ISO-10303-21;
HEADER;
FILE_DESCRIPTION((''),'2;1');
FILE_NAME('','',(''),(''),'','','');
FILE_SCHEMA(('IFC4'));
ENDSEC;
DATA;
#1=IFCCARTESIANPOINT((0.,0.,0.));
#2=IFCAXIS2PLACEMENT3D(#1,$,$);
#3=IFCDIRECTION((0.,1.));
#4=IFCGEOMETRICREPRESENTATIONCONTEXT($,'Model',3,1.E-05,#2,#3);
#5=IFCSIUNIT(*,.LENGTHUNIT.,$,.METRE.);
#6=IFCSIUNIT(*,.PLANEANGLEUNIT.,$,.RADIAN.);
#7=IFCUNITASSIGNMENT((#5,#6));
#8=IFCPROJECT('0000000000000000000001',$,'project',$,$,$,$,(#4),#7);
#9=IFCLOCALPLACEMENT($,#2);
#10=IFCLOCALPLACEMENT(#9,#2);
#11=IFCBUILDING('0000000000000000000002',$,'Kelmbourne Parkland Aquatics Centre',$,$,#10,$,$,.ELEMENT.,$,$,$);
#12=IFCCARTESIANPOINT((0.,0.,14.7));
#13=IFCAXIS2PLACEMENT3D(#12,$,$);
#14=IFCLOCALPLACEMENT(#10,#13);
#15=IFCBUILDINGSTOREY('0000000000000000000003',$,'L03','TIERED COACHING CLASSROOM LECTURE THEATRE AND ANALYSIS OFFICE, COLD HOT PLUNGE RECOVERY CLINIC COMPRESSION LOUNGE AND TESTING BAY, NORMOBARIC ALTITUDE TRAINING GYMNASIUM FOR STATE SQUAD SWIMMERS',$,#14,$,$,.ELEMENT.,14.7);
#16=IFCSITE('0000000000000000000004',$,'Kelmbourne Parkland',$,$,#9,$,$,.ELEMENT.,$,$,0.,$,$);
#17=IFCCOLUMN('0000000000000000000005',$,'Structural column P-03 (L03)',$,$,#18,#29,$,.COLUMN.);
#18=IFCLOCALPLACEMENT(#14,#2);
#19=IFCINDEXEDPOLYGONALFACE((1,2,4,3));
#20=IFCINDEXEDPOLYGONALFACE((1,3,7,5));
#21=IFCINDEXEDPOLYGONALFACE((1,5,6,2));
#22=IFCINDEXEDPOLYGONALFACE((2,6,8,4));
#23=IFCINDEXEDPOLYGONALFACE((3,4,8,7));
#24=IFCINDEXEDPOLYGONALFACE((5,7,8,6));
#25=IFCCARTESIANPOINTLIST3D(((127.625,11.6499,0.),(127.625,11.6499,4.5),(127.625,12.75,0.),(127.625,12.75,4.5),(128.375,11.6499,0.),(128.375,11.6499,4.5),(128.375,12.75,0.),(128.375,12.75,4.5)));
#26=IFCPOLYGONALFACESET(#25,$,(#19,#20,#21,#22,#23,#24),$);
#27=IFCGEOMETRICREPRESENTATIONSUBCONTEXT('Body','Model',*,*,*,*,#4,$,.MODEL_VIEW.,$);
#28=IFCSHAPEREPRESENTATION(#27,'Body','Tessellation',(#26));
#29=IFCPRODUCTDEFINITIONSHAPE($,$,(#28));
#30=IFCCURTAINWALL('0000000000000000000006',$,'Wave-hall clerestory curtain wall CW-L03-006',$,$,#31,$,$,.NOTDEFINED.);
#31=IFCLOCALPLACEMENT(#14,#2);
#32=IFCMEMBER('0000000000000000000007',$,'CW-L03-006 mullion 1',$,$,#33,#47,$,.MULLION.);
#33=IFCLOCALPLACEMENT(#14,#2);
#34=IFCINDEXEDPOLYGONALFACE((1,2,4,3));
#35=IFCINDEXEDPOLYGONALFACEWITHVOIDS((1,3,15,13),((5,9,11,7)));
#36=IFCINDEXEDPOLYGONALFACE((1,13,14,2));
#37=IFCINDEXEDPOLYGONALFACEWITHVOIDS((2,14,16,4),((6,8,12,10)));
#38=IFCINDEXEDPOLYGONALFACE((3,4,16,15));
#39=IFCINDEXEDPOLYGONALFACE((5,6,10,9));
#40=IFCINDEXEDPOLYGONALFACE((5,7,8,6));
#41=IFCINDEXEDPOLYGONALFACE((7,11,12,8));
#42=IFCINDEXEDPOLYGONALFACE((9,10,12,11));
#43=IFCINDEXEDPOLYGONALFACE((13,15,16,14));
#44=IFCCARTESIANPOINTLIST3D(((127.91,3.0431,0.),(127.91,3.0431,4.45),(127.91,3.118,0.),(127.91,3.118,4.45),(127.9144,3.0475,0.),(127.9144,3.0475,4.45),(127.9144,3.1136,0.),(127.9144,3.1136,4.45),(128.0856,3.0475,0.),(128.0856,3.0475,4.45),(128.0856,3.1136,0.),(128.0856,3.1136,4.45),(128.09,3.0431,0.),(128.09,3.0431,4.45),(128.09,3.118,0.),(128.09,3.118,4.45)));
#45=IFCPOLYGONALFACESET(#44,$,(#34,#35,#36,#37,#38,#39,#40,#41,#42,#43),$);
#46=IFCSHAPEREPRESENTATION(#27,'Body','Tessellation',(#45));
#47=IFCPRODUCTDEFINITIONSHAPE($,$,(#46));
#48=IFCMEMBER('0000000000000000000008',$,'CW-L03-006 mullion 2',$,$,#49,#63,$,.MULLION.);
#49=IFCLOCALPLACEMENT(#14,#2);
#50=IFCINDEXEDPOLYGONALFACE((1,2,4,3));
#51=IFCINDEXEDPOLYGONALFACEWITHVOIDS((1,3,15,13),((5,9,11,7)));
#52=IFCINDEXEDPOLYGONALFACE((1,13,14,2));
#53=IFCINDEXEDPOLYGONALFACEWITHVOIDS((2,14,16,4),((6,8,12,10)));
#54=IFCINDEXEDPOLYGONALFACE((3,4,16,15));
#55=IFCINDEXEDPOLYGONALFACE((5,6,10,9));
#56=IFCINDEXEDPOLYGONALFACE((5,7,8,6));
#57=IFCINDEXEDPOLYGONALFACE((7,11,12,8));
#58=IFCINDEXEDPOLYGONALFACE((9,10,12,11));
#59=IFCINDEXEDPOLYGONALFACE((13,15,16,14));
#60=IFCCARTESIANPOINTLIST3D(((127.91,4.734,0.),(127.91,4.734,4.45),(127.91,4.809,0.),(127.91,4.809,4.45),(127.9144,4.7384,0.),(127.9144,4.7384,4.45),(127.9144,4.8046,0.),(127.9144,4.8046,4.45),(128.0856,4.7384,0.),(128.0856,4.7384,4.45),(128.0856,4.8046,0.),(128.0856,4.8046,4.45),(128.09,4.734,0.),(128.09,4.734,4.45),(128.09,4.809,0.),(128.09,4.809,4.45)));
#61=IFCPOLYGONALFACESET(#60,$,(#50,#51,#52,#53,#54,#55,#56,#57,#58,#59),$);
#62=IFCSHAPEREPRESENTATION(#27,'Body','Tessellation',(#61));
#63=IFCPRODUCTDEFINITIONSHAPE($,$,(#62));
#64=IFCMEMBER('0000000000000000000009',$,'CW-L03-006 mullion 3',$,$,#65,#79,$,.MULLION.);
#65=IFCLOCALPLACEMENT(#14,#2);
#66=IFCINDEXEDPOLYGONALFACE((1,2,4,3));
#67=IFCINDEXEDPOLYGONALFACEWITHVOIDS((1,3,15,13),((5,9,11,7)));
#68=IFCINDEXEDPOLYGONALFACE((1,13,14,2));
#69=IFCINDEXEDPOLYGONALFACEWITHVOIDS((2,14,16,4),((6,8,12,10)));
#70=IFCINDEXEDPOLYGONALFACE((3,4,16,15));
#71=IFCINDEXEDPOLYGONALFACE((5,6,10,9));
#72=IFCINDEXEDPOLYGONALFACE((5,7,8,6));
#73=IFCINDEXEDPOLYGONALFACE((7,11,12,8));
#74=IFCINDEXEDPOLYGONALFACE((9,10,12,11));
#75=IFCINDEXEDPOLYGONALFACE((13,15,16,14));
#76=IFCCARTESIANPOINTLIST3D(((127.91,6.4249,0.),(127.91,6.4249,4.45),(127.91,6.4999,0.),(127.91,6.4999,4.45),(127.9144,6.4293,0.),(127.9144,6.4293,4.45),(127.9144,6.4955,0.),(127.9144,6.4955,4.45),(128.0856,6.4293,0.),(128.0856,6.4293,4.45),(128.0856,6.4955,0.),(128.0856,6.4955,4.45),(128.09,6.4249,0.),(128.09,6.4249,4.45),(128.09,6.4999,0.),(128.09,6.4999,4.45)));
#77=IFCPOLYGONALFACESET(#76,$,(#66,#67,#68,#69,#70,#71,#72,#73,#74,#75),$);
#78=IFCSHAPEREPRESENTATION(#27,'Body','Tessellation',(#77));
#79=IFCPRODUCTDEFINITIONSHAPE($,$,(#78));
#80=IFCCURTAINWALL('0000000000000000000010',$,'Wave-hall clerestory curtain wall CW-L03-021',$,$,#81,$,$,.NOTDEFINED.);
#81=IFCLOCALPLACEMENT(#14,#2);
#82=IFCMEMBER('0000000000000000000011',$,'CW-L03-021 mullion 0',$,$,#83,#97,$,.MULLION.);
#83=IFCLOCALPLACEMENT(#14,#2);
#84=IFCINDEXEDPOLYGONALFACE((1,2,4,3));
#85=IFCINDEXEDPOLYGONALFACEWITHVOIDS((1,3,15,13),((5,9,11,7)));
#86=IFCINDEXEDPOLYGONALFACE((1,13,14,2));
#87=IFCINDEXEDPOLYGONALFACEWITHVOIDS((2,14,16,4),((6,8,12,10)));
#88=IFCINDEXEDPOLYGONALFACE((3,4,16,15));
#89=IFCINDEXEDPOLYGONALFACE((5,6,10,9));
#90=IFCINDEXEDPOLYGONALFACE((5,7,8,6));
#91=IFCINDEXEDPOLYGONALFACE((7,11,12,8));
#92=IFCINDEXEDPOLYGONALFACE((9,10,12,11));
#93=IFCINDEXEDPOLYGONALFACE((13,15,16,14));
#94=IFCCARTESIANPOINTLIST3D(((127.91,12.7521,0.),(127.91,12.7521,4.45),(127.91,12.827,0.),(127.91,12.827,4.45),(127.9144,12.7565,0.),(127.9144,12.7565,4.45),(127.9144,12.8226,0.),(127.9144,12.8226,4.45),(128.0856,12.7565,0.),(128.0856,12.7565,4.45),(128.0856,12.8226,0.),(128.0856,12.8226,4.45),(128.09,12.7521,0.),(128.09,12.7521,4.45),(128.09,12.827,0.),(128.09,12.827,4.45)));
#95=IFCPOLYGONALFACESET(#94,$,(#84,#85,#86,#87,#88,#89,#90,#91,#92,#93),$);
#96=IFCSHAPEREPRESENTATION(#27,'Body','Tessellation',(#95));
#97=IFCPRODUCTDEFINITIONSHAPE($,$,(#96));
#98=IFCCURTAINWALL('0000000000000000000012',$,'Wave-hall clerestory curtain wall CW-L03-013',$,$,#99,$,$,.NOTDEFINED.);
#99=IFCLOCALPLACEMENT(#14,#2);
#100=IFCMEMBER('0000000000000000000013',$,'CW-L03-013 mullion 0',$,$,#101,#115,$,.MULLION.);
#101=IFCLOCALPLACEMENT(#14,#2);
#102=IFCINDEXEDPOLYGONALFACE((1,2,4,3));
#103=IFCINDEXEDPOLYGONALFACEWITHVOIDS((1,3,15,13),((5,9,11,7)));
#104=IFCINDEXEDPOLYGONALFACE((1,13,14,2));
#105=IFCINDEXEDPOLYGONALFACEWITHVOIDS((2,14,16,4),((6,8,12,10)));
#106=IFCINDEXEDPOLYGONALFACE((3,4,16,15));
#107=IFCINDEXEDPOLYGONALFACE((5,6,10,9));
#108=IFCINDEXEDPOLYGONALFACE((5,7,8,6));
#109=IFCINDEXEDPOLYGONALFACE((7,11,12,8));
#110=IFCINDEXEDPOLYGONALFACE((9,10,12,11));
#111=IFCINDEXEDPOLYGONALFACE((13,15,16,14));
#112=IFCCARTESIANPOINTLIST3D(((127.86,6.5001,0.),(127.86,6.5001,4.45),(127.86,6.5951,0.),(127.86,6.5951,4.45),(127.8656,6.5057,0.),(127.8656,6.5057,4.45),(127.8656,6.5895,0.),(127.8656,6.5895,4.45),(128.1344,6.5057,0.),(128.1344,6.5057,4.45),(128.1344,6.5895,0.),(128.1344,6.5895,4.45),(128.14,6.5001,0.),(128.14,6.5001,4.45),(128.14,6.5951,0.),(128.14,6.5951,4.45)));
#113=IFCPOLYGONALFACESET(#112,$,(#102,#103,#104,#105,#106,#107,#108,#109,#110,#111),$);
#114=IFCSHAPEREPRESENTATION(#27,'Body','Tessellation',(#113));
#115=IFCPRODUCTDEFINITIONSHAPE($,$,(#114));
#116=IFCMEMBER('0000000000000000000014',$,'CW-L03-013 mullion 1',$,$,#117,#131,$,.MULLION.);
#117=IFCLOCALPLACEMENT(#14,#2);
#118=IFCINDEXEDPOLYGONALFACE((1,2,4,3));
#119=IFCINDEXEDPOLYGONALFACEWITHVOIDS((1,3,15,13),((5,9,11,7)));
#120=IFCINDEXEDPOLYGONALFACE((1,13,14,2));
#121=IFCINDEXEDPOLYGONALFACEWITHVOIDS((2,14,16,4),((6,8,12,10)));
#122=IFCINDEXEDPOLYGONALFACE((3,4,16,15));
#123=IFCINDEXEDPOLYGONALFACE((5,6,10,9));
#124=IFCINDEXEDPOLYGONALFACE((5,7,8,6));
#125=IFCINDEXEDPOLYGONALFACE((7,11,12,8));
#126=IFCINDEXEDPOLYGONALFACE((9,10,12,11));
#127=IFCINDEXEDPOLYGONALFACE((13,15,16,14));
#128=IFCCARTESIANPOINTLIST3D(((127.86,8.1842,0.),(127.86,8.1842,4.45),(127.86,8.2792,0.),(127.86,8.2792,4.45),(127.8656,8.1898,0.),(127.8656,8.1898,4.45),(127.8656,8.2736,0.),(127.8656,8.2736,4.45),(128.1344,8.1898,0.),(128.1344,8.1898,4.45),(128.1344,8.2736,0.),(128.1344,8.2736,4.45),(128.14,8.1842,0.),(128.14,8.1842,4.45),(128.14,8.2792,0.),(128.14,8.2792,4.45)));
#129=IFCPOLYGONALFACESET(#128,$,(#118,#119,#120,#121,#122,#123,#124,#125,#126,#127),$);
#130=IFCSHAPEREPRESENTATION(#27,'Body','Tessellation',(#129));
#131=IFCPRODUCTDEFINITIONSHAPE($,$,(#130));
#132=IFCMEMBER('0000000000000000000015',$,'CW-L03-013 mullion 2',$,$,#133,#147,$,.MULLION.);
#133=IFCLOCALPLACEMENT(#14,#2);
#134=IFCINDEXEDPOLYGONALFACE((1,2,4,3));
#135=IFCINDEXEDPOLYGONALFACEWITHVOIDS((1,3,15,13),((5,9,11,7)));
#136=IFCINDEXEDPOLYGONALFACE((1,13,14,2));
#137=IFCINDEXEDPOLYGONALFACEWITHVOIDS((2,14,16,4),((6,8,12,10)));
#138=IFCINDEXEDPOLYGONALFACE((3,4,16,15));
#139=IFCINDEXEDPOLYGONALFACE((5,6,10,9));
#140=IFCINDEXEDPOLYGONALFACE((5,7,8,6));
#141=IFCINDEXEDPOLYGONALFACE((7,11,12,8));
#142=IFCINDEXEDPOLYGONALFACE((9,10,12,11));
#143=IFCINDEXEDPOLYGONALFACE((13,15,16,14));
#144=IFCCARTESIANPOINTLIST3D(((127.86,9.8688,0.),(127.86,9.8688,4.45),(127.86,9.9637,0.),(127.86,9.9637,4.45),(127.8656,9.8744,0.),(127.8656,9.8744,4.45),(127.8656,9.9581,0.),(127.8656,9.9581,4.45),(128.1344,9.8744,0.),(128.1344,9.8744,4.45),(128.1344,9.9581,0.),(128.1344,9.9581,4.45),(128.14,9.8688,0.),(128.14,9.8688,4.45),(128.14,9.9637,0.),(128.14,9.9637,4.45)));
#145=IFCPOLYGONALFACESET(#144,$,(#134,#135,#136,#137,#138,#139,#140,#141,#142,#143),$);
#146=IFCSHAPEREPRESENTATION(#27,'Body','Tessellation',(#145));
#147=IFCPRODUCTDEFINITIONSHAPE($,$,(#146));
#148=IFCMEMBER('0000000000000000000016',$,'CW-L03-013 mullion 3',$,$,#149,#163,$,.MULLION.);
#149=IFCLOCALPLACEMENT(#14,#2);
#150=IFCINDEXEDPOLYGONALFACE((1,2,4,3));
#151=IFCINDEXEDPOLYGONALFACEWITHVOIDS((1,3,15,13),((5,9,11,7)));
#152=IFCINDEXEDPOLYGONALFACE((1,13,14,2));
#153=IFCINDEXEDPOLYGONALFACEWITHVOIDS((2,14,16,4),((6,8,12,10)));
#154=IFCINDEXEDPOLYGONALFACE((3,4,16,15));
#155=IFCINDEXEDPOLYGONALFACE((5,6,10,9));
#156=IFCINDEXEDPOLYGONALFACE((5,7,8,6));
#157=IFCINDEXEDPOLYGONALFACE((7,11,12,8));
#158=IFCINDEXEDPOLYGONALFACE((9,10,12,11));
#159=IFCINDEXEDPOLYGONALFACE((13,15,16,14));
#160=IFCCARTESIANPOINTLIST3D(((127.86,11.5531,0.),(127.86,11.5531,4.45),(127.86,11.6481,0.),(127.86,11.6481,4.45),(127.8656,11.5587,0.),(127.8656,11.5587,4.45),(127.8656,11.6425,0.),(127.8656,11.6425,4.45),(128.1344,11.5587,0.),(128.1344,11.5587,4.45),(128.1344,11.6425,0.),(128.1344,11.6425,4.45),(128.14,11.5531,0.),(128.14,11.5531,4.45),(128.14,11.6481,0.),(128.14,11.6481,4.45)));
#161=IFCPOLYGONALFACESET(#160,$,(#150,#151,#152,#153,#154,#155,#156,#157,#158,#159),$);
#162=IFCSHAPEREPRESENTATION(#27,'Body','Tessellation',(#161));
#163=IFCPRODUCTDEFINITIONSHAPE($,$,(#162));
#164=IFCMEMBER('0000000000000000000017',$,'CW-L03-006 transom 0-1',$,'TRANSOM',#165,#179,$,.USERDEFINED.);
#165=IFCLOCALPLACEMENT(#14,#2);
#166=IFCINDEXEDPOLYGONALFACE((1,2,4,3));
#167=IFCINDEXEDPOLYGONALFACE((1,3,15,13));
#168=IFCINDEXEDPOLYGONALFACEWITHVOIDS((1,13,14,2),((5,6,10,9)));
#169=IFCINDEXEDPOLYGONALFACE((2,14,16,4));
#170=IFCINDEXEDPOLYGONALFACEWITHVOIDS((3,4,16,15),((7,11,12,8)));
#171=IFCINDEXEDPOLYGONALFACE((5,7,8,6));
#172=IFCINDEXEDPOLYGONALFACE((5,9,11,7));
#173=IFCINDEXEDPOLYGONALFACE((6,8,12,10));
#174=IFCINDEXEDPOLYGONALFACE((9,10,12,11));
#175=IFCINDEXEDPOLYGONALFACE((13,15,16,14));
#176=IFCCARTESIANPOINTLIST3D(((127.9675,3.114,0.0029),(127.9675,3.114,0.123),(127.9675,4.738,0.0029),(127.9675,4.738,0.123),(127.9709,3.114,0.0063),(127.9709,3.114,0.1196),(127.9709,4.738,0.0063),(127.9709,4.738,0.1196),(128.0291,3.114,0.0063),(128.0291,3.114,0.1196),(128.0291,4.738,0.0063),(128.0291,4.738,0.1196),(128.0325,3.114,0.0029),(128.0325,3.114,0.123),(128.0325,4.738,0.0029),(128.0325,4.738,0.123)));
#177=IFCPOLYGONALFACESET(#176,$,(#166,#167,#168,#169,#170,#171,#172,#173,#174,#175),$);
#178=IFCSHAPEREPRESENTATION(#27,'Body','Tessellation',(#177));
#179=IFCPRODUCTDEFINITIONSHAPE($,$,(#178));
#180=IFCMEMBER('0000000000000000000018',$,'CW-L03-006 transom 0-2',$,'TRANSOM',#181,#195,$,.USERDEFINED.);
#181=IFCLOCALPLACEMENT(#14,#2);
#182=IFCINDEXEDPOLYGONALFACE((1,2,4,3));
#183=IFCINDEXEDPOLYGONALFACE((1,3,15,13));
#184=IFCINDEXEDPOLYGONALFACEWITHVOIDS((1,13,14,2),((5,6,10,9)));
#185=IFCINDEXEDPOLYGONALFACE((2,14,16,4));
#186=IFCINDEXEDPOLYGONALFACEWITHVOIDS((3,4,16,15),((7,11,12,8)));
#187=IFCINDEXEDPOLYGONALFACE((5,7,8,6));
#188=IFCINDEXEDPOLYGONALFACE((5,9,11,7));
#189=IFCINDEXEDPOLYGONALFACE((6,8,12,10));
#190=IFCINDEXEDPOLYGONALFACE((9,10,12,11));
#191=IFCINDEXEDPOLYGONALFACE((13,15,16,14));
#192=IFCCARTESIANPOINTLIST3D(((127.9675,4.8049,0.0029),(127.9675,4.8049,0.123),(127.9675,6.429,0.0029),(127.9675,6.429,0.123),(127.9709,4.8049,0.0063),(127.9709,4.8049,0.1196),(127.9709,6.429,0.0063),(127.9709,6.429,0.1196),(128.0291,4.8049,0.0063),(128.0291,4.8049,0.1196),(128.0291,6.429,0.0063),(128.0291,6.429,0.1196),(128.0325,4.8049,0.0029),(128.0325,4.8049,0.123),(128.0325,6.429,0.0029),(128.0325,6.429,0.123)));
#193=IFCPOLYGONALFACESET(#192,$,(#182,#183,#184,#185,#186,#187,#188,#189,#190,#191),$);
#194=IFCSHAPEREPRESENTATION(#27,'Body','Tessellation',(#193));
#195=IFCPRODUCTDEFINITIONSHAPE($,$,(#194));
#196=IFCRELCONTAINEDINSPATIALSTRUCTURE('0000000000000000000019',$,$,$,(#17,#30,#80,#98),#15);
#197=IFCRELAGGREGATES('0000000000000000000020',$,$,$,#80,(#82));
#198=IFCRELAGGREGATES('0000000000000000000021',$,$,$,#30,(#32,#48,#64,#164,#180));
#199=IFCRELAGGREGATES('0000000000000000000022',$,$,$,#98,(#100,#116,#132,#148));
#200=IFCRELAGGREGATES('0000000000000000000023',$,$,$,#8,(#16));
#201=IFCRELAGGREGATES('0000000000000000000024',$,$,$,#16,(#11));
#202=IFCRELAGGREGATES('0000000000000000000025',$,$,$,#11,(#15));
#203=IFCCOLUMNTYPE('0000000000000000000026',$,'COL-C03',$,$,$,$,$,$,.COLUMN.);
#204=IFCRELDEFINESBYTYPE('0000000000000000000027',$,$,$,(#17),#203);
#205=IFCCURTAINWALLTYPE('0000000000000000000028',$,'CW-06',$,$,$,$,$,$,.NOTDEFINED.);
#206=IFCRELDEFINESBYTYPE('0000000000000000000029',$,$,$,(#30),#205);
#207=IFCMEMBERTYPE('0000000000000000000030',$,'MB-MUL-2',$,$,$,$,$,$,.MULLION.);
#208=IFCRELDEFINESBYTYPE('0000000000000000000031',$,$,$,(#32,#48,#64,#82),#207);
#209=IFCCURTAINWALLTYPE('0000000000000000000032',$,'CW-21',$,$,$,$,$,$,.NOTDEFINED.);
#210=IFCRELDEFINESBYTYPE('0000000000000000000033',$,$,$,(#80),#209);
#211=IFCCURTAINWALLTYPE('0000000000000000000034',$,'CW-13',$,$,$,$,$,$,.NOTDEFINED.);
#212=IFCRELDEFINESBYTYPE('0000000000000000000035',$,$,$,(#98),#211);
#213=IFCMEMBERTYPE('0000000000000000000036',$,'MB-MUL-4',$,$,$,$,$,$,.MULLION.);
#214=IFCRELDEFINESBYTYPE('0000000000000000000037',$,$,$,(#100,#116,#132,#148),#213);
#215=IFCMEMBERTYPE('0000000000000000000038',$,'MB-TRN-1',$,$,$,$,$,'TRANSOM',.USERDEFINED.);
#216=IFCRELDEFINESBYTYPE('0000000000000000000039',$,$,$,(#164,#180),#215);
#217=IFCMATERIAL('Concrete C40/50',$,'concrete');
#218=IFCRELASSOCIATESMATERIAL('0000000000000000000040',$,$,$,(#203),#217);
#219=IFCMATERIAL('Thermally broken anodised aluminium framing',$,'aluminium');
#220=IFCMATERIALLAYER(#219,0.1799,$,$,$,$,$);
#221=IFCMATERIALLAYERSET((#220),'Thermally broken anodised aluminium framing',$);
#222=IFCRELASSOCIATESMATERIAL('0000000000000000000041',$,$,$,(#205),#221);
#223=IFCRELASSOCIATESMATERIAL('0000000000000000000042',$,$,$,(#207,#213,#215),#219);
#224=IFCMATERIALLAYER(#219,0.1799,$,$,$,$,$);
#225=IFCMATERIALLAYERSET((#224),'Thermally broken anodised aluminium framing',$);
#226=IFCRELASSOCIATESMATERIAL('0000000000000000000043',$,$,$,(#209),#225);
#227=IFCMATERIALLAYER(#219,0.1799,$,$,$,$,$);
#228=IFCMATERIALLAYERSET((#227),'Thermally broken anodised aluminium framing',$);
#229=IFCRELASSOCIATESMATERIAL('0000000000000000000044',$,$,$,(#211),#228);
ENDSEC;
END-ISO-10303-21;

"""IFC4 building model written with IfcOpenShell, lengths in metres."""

from ifc_helpers import new_model, si_unit, direction, frame, origin, origin_2d, place, context, subcontext, project, spatial, rectangle, hollow_rectangle, extrude, material, layer, layer_set, material_profile, profile_set, type_object, element, aggregate, save


model = new_model("IFC4")

# Units and contexts
model_context = context("Model", 3, precision=1e-05, world=origin(), true_north=direction((0.0, 1.0)))
body_context = subcontext(model_context, "Body", "Model", "MODEL_VIEW")
ifc_project = project(units=[si_unit("LENGTHUNIT", "METRE"), si_unit("PLANEANGLEUNIT", "RADIAN")], contexts=[model_context])

# Site, building, storey
site_placement = place(None, origin())
site = spatial("IfcSite", under=ifc_project, at=site_placement, Name="Kelmbourne Parkland", CompositionType="ELEMENT", RefElevation=0.0)
building_placement = place(site_placement, origin())
building = spatial("IfcBuilding", under=site, at=building_placement, Name="Kelmbourne Parkland Aquatics Centre", CompositionType="ELEMENT")
storey_placement = place(building_placement, frame((0.0, 0.0, 14.7)))
storey = spatial("IfcBuildingStorey", under=building, at=storey_placement, Name="L03", Description="TIERED COACHING CLASSROOM LECTURE THEATRE AND ANALYSIS OFFICE, COLD HOT PLUNGE RECOVERY CLINIC COMPRESSION LOUNGE AND TESTING BAY, NORMOBARIC ALTITUDE TRAINING GYMNASIUM FOR STATE SQUAD SWIMMERS", CompositionType="ELEMENT", Elevation=14.7)

# Column
ifc_material_1 = material(Name="Concrete C40/50", Category="concrete")
ifc_material_profile_1 = material_profile(ifc_material_1, rectangle(XDim=0.75, YDim=1.1001, at=origin_2d()), Name="RC 750x1100")
ifc_profile_set_1 = profile_set([ifc_material_profile_1], Name="Concrete C40/50")
column_type = type_object("IfcColumnType", Name="COL-C03", PredefinedType="COLUMN", material=ifc_profile_set_1)
column_placement = place(storey_placement, frame((128.0, 12.2, 0.0), z_axis=(0.0, 0.0, 1.0), x_axis=(1.0, 0.0, 0.0)))
element("IfcColumn", 1, at=column_placement, inside=storey, type_object=column_type, Name="Structural column P-03 (L03)", PredefinedType="COLUMN", context=body_context, shape_type="SweptSolid", body=[
    extrude(rectangle(XDim=0.75, YDim=1.1001, at=origin_2d()), origin(), (0.0, 0.0, 1.0), 4.5),
])

# Curtain wall, members
ifc_material_2 = material(Name="Thermally broken anodised aluminium framing", Category="aluminium")
ifc_layer_1 = layer(ifc_material_2, 0.1799)
ifc_layer_set_1 = layer_set([ifc_layer_1], Name="Thermally broken anodised aluminium framing")
curtain_wall_type_1 = type_object("IfcCurtainWallType", Name="CW-06", PredefinedType="NOTDEFINED", material=ifc_layer_set_1)
curtain_wall_1_placement = place(storey_placement, origin())
curtain_wall_1 = element("IfcCurtainWall", 2, at=curtain_wall_1_placement, inside=storey, type_object=curtain_wall_type_1, Name="Wave-hall clerestory curtain wall CW-L03-006", PredefinedType="NOTDEFINED")
ifc_material_profile_2 = material_profile(ifc_material_2, hollow_rectangle(XDim=0.075, YDim=0.1799, WallThickness=0.0044, at=origin_2d()), Name="CW-M 75x180")
ifc_profile_set_2 = profile_set([ifc_material_profile_2], Name="Thermally broken anodised aluminium framing")
member_type_1 = type_object("IfcMemberType", Name="MB-MUL-2", PredefinedType="MULLION", material=ifc_profile_set_2)
member_1_placement = place(storey_placement, frame((128.0, 3.0806, 0.0), z_axis=(0.0, 0.0, 1.0), x_axis=(0.0, 1.0, 0.0)))
member_1 = element("IfcMember", 3, at=member_1_placement, type_object=member_type_1, Name="CW-L03-006 mullion 1", PredefinedType="MULLION", context=body_context, shape_type="SweptSolid", body=[
    extrude(hollow_rectangle(XDim=0.075, YDim=0.1799, WallThickness=0.0044, at=origin_2d()), origin(), (0.0, 0.0, 1.0), 4.45),
])
member_2_placement = place(storey_placement, frame((128.0, 4.7715, 0.0), z_axis=(0.0, 0.0, 1.0), x_axis=(0.0, 1.0, 0.0)))
member_2 = element("IfcMember", 4, at=member_2_placement, type_object=member_type_1, Name="CW-L03-006 mullion 2", PredefinedType="MULLION", context=body_context, shape_type="SweptSolid", body=[
    extrude(hollow_rectangle(XDim=0.075, YDim=0.1799, WallThickness=0.0044, at=origin_2d()), origin(), (0.0, 0.0, 1.0), 4.45),
])
member_3_placement = place(storey_placement, frame((128.0, 6.4624, 0.0), z_axis=(0.0, 0.0, 1.0), x_axis=(0.0, 1.0, 0.0)))
member_3 = element("IfcMember", 5, at=member_3_placement, type_object=member_type_1, Name="CW-L03-006 mullion 3", PredefinedType="MULLION", context=body_context, shape_type="SweptSolid", body=[
    extrude(hollow_rectangle(XDim=0.075, YDim=0.1799, WallThickness=0.0044, at=origin_2d()), origin(), (0.0, 0.0, 1.0), 4.45),
])

# Curtain wall, member
ifc_layer_2 = layer(ifc_material_2, 0.1799)
ifc_layer_set_2 = layer_set([ifc_layer_2], Name="Thermally broken anodised aluminium framing")
curtain_wall_type_2 = type_object("IfcCurtainWallType", Name="CW-21", PredefinedType="NOTDEFINED", material=ifc_layer_set_2)
curtain_wall_2_placement = place(storey_placement, origin())
curtain_wall_2 = element("IfcCurtainWall", 6, at=curtain_wall_2_placement, inside=storey, type_object=curtain_wall_type_2, Name="Wave-hall clerestory curtain wall CW-L03-021", PredefinedType="NOTDEFINED")
member_4_placement = place(storey_placement, frame((128.0, 12.7896, 0.0), z_axis=(0.0, 0.0, 1.0), x_axis=(0.0, 1.0, 0.0)))
member_4 = element("IfcMember", 7, at=member_4_placement, type_object=member_type_1, Name="CW-L03-021 mullion 0", PredefinedType="MULLION", context=body_context, shape_type="SweptSolid", body=[
    extrude(hollow_rectangle(XDim=0.075, YDim=0.1799, WallThickness=0.0044, at=origin_2d()), origin(), (0.0, 0.0, 1.0), 4.45),
])
aggregate(curtain_wall_2, [member_4])

# Curtain wall, members
ifc_layer_3 = layer(ifc_material_2, 0.1799)
ifc_layer_set_3 = layer_set([ifc_layer_3], Name="Thermally broken anodised aluminium framing")
curtain_wall_type_3 = type_object("IfcCurtainWallType", Name="CW-13", PredefinedType="NOTDEFINED", material=ifc_layer_set_3)
curtain_wall_3_placement = place(storey_placement, origin())
curtain_wall_3 = element("IfcCurtainWall", 8, at=curtain_wall_3_placement, inside=storey, type_object=curtain_wall_type_3, Name="Wave-hall clerestory curtain wall CW-L03-013", PredefinedType="NOTDEFINED")
ifc_material_profile_3 = material_profile(ifc_material_2, hollow_rectangle(XDim=0.095, YDim=0.28, WallThickness=0.0056, at=origin_2d()), Name="CW-M 95x280")
ifc_profile_set_3 = profile_set([ifc_material_profile_3], Name="Thermally broken anodised aluminium framing")
member_type_2 = type_object("IfcMemberType", Name="MB-MUL-4", PredefinedType="MULLION", material=ifc_profile_set_3)
member_5_placement = place(storey_placement, frame((128.0, 6.5476, 0.0), z_axis=(0.0, 0.0, 1.0), x_axis=(0.0, 1.0, 0.0)))
member_5 = element("IfcMember", 9, at=member_5_placement, type_object=member_type_2, Name="CW-L03-013 mullion 0", PredefinedType="MULLION", context=body_context, shape_type="SweptSolid", body=[
    extrude(hollow_rectangle(XDim=0.095, YDim=0.28, WallThickness=0.0056, at=origin_2d()), origin(), (0.0, 0.0, 1.0), 4.45),
])
member_6_placement = place(storey_placement, frame((128.0, 8.2317, 0.0), z_axis=(0.0, 0.0, 1.0), x_axis=(0.0, 1.0, 0.0)))
member_6 = element("IfcMember", 10, at=member_6_placement, type_object=member_type_2, Name="CW-L03-013 mullion 1", PredefinedType="MULLION", context=body_context, shape_type="SweptSolid", body=[
    extrude(hollow_rectangle(XDim=0.095, YDim=0.28, WallThickness=0.0056, at=origin_2d()), origin(), (0.0, 0.0, 1.0), 4.45),
])
member_7_placement = place(storey_placement, frame((128.0, 9.9163, 0.0), z_axis=(0.0, 0.0, 1.0), x_axis=(0.0, 1.0, 0.0)))
member_7 = element("IfcMember", 11, at=member_7_placement, type_object=member_type_2, Name="CW-L03-013 mullion 2", PredefinedType="MULLION", context=body_context, shape_type="SweptSolid", body=[
    extrude(hollow_rectangle(XDim=0.095, YDim=0.28, WallThickness=0.0056, at=origin_2d()), origin(), (0.0, 0.0, 1.0), 4.45),
])
member_8_placement = place(storey_placement, frame((128.0, 11.6006, 0.0), z_axis=(0.0, 0.0, 1.0), x_axis=(0.0, 1.0, 0.0)))
member_8 = element("IfcMember", 12, at=member_8_placement, type_object=member_type_2, Name="CW-L03-013 mullion 3", PredefinedType="MULLION", context=body_context, shape_type="SweptSolid", body=[
    extrude(hollow_rectangle(XDim=0.095, YDim=0.28, WallThickness=0.0056, at=origin_2d()), origin(), (0.0, 0.0, 1.0), 4.45),
])

# Members
ifc_material_profile_4 = material_profile(ifc_material_2, hollow_rectangle(XDim=0.0649, YDim=0.1201, WallThickness=0.0034, at=origin_2d()), Name="CW-T 65x120")
ifc_profile_set_4 = profile_set([ifc_material_profile_4], Name="Thermally broken anodised aluminium framing")
member_type_3 = type_object("IfcMemberType", Name="MB-TRN-1", ElementType="TRANSOM", PredefinedType="USERDEFINED", material=ifc_profile_set_4)
member_9_placement = place(storey_placement, frame((128.0, 3.114, 0.063), z_axis=(0.0, 1.0, 0.0), x_axis=(-1.0, 0.0, 0.0)))
member_9 = element("IfcMember", 13, at=member_9_placement, type_object=member_type_3, Name="CW-L03-006 transom 0-1", ObjectType="TRANSOM", PredefinedType="USERDEFINED", context=body_context, shape_type="SweptSolid", body=[
    extrude(hollow_rectangle(XDim=0.0649, YDim=0.1201, WallThickness=0.0034, at=origin_2d()), origin(), (0.0, 0.0, 1.0), 1.624),
])
member_10_placement = place(storey_placement, frame((128.0, 4.8049, 0.063), z_axis=(0.0, 1.0, 0.0), x_axis=(-1.0, 0.0, 0.0)))
member_10 = element("IfcMember", 14, at=member_10_placement, type_object=member_type_3, Name="CW-L03-006 transom 0-2", ObjectType="TRANSOM", PredefinedType="USERDEFINED", context=body_context, shape_type="SweptSolid", body=[
    extrude(hollow_rectangle(XDim=0.0649, YDim=0.1201, WallThickness=0.0034, at=origin_2d()), origin(), (0.0, 0.0, 1.0), 1.624),
])

aggregate(curtain_wall_1, [member_1, member_2, member_3, member_9, member_10])
aggregate(curtain_wall_3, [member_5, member_6, member_7, member_8])

save(model, "model.ifc")
